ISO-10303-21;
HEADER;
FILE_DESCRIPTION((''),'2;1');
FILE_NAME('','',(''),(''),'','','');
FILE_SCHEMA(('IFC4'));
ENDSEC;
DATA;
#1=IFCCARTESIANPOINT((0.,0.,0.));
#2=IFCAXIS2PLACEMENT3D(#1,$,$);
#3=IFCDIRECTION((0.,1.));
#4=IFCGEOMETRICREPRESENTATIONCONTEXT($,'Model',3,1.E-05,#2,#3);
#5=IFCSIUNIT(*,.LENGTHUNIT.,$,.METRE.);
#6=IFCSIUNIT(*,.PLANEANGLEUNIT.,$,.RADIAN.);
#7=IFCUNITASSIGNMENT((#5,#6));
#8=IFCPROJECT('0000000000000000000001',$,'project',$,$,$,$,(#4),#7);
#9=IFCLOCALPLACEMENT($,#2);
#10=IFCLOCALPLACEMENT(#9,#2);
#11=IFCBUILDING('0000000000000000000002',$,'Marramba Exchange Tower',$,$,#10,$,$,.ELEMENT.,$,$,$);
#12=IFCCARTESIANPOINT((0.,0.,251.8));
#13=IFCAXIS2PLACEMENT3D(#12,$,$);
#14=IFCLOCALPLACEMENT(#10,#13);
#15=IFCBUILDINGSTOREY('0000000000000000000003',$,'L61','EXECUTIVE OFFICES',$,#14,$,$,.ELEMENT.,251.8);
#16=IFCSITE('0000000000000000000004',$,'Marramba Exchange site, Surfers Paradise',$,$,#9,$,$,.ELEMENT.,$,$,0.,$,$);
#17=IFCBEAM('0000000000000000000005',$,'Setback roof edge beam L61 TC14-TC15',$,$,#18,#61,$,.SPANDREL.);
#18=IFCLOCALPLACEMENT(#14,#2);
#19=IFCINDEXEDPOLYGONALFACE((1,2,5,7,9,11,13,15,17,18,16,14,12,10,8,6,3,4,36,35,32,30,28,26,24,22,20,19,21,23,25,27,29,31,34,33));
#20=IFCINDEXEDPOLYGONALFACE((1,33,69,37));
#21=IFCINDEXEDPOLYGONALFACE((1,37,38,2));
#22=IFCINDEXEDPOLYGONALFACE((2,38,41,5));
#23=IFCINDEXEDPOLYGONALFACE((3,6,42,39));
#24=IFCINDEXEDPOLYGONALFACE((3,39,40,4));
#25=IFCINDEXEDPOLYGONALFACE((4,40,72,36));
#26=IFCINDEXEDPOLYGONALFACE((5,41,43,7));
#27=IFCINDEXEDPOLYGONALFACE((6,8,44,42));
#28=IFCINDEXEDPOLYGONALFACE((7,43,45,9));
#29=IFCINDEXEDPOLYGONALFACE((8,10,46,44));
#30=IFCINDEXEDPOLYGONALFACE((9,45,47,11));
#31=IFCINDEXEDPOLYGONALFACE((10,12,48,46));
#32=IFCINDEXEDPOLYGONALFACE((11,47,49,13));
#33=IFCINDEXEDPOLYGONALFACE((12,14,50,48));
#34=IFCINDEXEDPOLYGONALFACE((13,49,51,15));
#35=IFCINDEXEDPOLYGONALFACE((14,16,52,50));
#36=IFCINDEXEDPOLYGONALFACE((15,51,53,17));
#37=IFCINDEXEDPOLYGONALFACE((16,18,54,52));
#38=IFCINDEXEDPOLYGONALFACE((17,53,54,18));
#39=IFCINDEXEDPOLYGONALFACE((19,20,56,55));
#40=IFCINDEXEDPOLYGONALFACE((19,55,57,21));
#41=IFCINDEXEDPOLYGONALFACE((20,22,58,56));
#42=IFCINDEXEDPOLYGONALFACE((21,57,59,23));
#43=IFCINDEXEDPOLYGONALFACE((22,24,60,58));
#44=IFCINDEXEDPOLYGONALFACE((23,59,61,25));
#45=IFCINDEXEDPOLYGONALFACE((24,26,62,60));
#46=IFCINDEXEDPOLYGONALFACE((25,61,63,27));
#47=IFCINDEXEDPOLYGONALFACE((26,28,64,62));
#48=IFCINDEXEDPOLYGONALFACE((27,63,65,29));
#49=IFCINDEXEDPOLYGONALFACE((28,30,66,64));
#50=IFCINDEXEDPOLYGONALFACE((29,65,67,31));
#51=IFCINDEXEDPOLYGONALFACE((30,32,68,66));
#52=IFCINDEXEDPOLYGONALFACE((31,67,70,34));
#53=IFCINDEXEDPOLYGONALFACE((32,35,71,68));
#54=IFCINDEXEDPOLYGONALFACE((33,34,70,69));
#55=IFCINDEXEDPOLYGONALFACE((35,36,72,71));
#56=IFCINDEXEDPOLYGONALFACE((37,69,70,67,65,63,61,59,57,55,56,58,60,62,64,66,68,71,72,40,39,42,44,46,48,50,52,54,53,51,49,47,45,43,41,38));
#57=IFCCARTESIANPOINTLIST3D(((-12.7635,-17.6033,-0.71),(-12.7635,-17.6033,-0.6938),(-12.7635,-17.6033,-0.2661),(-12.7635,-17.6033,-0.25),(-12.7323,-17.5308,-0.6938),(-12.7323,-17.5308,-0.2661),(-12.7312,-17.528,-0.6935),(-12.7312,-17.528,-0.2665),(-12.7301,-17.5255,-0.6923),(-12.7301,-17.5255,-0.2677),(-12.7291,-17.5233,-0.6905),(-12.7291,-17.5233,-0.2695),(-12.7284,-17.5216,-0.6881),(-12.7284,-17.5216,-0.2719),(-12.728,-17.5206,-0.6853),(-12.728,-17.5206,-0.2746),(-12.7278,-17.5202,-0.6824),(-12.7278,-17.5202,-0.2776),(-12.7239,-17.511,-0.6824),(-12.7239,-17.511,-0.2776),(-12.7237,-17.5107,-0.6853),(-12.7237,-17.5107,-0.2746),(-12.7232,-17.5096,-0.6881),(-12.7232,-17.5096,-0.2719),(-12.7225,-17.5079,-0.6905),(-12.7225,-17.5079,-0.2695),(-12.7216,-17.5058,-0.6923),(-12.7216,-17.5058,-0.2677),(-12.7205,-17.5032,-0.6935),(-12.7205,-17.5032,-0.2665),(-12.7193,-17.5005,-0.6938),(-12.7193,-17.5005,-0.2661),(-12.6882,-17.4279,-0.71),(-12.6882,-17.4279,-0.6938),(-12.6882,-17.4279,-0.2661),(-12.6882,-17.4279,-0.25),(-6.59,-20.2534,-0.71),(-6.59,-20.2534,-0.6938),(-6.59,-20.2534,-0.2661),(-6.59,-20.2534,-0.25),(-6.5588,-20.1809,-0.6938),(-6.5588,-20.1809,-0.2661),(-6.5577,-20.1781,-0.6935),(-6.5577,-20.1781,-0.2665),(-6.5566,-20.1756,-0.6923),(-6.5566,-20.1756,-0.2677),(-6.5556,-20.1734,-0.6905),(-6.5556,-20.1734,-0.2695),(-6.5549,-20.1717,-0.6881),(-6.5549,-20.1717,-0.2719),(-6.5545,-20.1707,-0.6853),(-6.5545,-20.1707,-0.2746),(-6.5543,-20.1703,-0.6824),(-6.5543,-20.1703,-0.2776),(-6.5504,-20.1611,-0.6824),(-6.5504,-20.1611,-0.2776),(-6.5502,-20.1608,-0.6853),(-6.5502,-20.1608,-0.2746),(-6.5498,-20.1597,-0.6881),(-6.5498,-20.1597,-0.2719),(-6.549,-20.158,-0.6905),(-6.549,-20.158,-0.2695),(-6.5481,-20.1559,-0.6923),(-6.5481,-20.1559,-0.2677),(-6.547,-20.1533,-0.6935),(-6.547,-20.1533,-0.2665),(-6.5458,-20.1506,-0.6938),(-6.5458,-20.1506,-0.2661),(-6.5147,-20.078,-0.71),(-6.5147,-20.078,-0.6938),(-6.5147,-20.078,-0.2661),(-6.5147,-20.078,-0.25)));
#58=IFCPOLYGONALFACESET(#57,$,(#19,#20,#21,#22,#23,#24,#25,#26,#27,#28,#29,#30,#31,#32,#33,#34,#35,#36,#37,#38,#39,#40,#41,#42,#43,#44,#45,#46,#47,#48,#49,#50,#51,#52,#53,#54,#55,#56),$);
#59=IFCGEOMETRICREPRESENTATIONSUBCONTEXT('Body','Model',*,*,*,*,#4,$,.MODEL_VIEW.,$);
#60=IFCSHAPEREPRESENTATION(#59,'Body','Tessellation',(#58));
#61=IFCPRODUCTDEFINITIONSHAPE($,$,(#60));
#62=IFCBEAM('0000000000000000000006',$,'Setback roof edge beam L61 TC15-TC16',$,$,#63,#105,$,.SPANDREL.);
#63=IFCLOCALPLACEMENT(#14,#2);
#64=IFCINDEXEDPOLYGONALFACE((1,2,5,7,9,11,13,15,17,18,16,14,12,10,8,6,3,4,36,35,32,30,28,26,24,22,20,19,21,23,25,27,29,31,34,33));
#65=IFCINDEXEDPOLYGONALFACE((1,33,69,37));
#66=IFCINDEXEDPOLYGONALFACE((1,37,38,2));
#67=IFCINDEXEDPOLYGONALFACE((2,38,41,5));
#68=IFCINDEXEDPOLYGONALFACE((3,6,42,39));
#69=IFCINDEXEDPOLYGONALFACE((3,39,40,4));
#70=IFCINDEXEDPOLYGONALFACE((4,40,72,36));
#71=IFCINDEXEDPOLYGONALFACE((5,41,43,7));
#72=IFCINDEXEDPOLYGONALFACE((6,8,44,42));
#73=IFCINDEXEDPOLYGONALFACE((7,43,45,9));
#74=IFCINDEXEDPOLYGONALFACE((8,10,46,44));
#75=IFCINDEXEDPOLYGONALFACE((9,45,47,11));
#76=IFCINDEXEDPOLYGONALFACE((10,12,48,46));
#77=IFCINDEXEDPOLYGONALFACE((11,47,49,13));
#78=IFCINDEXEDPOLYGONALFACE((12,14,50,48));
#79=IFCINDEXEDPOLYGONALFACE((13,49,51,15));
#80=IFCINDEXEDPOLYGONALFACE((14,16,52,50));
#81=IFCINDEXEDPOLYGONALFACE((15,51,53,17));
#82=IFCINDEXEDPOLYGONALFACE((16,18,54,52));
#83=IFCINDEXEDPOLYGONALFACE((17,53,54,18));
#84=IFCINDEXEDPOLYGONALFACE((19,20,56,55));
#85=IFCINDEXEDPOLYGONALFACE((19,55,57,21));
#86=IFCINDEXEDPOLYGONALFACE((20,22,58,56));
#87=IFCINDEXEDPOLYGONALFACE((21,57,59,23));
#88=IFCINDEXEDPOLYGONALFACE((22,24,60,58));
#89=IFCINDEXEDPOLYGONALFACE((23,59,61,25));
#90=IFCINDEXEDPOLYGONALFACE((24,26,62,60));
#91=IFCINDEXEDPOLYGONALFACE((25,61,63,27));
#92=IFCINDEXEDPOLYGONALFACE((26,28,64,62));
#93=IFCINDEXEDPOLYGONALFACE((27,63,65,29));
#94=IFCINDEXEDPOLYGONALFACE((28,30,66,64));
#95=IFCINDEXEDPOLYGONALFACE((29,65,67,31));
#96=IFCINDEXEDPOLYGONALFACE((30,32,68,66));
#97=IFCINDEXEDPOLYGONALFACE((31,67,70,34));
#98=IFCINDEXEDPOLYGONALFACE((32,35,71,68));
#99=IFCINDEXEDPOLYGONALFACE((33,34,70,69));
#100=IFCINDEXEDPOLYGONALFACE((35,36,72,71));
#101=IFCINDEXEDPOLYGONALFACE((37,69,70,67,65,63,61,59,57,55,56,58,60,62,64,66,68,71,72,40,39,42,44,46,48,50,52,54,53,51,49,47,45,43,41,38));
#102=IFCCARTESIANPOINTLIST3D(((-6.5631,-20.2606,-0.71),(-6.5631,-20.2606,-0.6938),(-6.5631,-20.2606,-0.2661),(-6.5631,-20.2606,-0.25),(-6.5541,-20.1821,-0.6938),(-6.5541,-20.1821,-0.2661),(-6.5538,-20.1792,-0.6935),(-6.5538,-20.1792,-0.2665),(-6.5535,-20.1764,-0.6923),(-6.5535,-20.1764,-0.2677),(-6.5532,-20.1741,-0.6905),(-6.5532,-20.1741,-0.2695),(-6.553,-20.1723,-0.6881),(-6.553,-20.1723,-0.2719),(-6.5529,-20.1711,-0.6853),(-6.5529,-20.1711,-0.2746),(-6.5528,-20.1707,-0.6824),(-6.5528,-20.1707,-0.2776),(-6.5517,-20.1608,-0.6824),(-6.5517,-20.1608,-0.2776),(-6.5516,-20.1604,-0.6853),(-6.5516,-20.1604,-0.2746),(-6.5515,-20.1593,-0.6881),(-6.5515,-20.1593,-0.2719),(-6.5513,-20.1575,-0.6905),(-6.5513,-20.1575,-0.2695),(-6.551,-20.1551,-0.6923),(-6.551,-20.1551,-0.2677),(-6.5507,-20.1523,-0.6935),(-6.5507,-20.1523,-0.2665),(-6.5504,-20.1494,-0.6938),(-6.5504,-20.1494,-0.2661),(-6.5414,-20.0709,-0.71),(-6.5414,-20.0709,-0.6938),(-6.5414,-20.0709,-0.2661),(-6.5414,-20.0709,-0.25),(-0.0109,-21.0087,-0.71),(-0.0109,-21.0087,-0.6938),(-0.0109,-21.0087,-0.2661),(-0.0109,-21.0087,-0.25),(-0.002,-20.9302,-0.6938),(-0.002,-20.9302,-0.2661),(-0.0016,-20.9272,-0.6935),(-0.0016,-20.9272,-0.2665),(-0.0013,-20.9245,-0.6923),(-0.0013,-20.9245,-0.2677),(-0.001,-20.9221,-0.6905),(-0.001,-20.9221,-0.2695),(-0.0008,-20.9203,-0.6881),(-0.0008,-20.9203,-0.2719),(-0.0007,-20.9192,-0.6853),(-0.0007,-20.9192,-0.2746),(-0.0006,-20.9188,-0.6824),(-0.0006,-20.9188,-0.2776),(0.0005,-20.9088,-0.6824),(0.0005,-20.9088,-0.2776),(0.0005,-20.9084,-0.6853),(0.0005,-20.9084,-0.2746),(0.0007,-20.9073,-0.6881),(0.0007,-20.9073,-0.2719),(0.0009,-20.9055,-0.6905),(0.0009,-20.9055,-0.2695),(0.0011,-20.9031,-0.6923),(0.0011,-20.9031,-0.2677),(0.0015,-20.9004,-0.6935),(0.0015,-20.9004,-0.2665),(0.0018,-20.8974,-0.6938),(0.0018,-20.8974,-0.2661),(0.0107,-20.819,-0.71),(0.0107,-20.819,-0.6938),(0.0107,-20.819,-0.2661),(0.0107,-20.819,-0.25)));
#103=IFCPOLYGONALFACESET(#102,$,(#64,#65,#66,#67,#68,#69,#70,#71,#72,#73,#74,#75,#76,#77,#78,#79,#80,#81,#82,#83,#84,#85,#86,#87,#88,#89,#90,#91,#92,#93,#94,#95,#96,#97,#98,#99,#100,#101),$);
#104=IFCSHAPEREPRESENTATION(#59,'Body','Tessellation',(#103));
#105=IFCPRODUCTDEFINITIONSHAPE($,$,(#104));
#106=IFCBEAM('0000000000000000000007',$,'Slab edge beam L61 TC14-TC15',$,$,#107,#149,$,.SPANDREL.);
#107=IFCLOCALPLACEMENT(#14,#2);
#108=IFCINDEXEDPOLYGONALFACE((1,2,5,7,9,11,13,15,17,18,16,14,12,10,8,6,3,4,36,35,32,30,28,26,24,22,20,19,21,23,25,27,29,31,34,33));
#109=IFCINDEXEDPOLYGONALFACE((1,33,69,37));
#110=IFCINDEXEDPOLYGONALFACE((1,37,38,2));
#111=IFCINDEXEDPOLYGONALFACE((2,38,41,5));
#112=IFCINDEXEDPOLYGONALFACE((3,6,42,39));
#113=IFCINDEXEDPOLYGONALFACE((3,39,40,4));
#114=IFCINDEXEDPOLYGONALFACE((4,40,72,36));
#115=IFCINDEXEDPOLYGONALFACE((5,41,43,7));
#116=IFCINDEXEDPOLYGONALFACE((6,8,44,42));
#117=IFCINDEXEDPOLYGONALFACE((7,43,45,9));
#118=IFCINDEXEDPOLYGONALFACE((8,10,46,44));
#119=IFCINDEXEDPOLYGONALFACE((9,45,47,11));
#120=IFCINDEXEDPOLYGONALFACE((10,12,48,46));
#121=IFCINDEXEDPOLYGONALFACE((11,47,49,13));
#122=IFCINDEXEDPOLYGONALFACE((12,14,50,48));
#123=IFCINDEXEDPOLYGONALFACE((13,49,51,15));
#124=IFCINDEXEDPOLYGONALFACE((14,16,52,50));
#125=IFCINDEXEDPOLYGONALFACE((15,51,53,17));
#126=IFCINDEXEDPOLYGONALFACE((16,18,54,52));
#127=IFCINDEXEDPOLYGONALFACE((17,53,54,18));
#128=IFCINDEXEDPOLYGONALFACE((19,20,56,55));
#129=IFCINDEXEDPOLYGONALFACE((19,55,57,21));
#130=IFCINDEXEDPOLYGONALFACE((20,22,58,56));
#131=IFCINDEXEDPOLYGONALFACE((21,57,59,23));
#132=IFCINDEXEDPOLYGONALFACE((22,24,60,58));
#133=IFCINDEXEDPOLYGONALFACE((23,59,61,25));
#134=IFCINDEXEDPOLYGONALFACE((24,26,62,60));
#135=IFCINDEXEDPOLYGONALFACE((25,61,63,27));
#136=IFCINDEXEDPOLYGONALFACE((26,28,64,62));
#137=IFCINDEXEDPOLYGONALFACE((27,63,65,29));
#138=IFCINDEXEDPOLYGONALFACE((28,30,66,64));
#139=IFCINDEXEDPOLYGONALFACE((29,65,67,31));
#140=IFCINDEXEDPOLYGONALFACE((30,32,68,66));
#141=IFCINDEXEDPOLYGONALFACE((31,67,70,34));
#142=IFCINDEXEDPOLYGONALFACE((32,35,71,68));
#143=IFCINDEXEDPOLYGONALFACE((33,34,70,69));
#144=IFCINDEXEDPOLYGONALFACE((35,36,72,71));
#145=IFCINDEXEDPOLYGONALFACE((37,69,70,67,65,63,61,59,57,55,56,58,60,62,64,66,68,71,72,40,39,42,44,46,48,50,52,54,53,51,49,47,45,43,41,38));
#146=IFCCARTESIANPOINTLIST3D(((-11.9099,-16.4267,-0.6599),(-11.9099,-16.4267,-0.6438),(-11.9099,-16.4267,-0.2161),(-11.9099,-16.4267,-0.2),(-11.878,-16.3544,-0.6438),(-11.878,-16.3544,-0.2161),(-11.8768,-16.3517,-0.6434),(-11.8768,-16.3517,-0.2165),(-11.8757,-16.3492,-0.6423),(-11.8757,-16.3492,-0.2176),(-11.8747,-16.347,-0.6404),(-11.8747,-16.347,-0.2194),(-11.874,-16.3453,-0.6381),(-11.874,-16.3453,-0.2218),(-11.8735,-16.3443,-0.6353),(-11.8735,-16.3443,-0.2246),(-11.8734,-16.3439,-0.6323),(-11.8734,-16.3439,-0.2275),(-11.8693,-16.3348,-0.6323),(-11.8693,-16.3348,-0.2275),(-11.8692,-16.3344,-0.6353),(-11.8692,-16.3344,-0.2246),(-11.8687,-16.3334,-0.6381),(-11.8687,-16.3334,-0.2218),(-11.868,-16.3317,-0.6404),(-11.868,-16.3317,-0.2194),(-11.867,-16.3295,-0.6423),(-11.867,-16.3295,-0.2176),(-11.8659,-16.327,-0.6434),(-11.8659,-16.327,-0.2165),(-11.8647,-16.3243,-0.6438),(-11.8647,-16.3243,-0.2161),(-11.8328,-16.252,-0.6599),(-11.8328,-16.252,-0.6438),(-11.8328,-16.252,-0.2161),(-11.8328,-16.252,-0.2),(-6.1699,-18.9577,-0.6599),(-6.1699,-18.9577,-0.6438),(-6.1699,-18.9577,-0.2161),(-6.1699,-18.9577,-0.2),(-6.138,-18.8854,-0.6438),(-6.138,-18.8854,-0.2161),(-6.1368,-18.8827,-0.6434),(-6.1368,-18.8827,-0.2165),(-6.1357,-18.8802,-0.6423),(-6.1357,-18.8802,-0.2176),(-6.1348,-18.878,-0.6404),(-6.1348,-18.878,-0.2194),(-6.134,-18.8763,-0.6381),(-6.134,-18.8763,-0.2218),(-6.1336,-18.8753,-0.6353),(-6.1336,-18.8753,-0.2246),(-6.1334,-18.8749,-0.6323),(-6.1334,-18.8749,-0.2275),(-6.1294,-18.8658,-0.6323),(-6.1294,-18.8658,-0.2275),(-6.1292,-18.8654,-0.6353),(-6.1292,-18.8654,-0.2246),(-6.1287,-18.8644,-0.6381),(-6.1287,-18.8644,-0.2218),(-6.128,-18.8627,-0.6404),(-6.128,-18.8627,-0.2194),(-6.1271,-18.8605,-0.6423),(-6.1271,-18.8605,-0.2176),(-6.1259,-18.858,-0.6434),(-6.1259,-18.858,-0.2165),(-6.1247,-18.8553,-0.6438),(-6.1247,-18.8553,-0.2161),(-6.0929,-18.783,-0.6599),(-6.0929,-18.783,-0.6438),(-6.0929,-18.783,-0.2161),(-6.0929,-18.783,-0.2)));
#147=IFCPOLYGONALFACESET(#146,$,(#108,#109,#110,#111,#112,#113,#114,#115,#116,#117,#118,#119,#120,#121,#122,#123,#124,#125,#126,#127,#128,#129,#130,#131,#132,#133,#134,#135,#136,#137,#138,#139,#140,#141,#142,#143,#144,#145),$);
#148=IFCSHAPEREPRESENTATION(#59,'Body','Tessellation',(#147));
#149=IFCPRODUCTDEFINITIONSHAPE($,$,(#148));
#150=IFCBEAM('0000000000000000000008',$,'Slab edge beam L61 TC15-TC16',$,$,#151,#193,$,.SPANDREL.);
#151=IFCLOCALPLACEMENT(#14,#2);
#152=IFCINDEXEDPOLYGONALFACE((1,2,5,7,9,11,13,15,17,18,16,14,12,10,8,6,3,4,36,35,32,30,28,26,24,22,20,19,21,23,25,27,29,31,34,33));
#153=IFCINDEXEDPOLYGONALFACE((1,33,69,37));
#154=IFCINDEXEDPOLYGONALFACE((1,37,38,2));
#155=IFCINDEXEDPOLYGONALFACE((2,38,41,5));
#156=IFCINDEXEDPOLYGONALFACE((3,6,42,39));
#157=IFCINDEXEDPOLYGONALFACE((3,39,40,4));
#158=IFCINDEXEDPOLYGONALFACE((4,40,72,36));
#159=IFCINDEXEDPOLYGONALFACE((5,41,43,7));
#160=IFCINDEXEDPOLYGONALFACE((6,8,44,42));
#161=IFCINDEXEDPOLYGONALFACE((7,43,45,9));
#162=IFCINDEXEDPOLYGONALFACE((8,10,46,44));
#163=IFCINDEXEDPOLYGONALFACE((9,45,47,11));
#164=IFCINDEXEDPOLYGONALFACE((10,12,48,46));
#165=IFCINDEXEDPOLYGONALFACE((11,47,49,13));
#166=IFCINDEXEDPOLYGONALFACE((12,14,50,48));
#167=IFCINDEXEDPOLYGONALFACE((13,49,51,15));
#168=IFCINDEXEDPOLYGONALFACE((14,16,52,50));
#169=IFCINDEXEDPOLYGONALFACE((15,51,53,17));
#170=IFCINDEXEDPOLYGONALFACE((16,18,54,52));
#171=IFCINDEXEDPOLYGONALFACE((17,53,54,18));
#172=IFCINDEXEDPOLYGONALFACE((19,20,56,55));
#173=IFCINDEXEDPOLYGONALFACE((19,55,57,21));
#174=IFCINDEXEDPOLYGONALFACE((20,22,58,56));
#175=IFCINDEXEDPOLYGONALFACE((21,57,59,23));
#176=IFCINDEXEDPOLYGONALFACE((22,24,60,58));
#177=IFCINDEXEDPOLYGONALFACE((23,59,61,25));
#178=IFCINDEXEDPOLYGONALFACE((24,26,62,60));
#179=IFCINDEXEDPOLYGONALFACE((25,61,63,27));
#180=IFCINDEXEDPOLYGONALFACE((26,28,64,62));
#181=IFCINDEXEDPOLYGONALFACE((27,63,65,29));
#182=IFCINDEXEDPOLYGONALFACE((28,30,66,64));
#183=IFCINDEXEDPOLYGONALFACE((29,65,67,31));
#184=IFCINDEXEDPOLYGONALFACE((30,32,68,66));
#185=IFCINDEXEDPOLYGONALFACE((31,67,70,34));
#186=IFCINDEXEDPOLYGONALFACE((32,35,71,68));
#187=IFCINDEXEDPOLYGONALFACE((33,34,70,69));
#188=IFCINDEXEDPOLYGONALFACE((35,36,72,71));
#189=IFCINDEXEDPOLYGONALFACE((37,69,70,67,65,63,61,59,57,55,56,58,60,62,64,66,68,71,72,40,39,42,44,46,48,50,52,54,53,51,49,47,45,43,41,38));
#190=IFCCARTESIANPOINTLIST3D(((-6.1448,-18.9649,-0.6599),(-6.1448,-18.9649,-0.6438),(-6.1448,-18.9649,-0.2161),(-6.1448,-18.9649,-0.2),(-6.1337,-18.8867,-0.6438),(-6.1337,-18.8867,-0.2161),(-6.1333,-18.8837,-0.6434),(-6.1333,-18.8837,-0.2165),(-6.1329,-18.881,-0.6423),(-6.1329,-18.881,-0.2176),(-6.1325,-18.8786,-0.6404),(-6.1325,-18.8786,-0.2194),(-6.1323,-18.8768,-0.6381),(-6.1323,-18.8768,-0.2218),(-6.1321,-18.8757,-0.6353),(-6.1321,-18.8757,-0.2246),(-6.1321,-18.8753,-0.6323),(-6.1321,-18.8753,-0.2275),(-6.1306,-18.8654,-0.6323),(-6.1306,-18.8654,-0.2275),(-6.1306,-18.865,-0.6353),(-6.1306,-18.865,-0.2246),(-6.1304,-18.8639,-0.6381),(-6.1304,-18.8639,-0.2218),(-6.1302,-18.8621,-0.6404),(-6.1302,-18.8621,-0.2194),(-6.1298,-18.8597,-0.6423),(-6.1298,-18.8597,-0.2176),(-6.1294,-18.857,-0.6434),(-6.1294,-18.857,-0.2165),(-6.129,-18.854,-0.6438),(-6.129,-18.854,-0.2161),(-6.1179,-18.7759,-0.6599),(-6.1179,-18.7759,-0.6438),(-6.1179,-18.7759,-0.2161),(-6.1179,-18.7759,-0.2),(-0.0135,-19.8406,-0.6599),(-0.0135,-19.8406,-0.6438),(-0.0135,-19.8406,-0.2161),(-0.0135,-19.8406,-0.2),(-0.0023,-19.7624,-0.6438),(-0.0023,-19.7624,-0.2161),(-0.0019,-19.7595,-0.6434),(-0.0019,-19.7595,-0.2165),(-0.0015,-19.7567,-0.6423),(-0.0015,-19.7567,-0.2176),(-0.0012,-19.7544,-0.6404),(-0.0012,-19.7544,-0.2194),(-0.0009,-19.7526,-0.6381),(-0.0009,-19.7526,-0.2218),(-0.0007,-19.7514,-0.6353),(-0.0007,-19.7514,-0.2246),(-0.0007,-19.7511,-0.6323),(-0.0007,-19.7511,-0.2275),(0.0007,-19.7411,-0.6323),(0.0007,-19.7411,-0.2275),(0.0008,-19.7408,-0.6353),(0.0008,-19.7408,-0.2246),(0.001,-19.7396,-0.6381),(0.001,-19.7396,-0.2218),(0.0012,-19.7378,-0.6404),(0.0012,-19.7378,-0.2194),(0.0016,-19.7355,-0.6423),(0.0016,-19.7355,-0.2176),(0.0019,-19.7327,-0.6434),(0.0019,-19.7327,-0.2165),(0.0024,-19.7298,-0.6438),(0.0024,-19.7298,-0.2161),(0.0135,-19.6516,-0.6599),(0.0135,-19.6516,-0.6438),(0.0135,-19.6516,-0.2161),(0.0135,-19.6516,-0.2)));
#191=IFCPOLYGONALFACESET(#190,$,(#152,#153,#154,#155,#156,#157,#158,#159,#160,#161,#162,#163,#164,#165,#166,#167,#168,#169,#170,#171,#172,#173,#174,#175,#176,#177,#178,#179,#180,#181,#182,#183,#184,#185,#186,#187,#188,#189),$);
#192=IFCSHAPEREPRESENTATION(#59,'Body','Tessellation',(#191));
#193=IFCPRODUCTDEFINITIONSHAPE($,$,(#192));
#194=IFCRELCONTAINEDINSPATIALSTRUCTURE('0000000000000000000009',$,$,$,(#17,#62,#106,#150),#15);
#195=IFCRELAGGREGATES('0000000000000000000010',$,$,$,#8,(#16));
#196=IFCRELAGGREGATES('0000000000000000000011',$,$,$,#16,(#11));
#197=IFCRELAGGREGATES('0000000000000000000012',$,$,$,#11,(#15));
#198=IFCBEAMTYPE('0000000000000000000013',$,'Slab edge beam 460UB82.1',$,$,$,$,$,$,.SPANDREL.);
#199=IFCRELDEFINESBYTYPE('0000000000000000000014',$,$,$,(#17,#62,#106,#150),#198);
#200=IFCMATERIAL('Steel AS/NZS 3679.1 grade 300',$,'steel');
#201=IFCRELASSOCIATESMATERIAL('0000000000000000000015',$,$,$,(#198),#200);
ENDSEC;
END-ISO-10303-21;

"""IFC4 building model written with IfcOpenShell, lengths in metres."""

from ifc_helpers import new_model, si_unit, direction, frame, origin, origin_2d, place, context, subcontext, project, spatial, i_section, extrude, material, material_profile, profile_set, type_object, element, save


model = new_model("IFC4")

# Units and contexts
model_context = context("Model", 3, precision=1e-05, world=origin(), true_north=direction((0.0, 1.0)))
body_context = subcontext(model_context, "Body", "Model", "MODEL_VIEW")
ifc_project = project(units=[si_unit("LENGTHUNIT", "METRE"), si_unit("PLANEANGLEUNIT", "RADIAN")], contexts=[model_context])

# Site, building, storey
site_placement = place(None, origin())
site = spatial("IfcSite", under=ifc_project, at=site_placement, Name="Marramba Exchange site, Surfers Paradise", CompositionType="ELEMENT", RefElevation=0.0)
building_placement = place(site_placement, origin())
building = spatial("IfcBuilding", under=site, at=building_placement, Name="Marramba Exchange Tower", CompositionType="ELEMENT")
storey_placement = place(building_placement, frame((0.0, 0.0, 251.8)))
storey = spatial("IfcBuildingStorey", under=building, at=storey_placement, Name="L61", Description="EXECUTIVE OFFICES", CompositionType="ELEMENT", Elevation=251.8)

# Beams
ifc_material_1 = material(Name="Steel AS/NZS 3679.1 grade 300", Category="steel")
ifc_material_profile_1 = material_profile(ifc_material_1, i_section(OverallWidth=0.1909, OverallDepth=0.46, WebThickness=0.01, FlangeThickness=0.0161, FilletRadius=0.0115, at=origin_2d()), Name="460UB82.1")
ifc_profile_set_1 = profile_set([ifc_material_profile_1], Name="Steel AS/NZS 3679.1 grade 300")
beam_type_1 = type_object("IfcBeamType", Name="Slab edge beam 460UB82.1", PredefinedType="SPANDREL", material=ifc_profile_set_1)
beam_1_placement = place(storey_placement, frame((-12.7258, -17.5156, -0.48), z_axis=(0.918912, -0.394463, 0.0), x_axis=(0.394463, 0.918912, 0.0)))
element("IfcBeam", 1, at=beam_1_placement, inside=storey, type_object=beam_type_1, Name="Setback roof edge beam L61 TC14-TC15", PredefinedType="SPANDREL", context=body_context, shape_type="SweptSolid", body=[
    extrude(i_section(OverallWidth=0.1909, OverallDepth=0.46, WebThickness=0.01, FlangeThickness=0.0161, FilletRadius=0.0115, at=origin_2d()), origin(), (0.0, 0.0, 1.0), 6.7183),
])
beam_2_placement = place(storey_placement, frame((-6.5522, -20.1658, -0.48), z_axis=(0.993546, -0.11343, 0.0), x_axis=(0.11343, 0.993546, 0.0)))
element("IfcBeam", 2, at=beam_2_placement, inside=storey, type_object=beam_type_1, Name="Setback roof edge beam L61 TC15-TC16", PredefinedType="SPANDREL", context=body_context, shape_type="SweptSolid", body=[
    extrude(i_section(OverallWidth=0.1909, OverallDepth=0.46, WebThickness=0.01, FlangeThickness=0.0161, FilletRadius=0.0115, at=origin_2d()), origin(), (0.0, 0.0, 1.0), 6.5947),
])
beam_3_placement = place(storey_placement, frame((-11.8713, -16.3394, -0.4299), z_axis=(0.914997, -0.403461, 0.0), x_axis=(0.403461, 0.914997, 0.0)))
element("IfcBeam", 3, at=beam_3_placement, inside=storey, type_object=beam_type_1, Name="Slab edge beam L61 TC14-TC15", PredefinedType="SPANDREL", context=body_context, shape_type="SweptSolid", body=[
    extrude(i_section(OverallWidth=0.1909, OverallDepth=0.46, WebThickness=0.01, FlangeThickness=0.0161, FilletRadius=0.0115, at=origin_2d()), origin(), (0.0, 0.0, 1.0), 6.2732),
])
beam_4_placement = place(storey_placement, frame((-6.1313, -18.8704, -0.4299), z_axis=(0.989953, -0.141394, 0.0), x_axis=(0.141394, 0.989953, 0.0)))
element("IfcBeam", 4, at=beam_4_placement, inside=storey, type_object=beam_type_1, Name="Slab edge beam L61 TC15-TC16", PredefinedType="SPANDREL", context=body_context, shape_type="SweptSolid", body=[
    extrude(i_section(OverallWidth=0.1909, OverallDepth=0.46, WebThickness=0.01, FlangeThickness=0.0161, FilletRadius=0.0115, at=origin_2d()), origin(), (0.0, 0.0, 1.0), 6.1936),
])

save(model, "model.ifc")
